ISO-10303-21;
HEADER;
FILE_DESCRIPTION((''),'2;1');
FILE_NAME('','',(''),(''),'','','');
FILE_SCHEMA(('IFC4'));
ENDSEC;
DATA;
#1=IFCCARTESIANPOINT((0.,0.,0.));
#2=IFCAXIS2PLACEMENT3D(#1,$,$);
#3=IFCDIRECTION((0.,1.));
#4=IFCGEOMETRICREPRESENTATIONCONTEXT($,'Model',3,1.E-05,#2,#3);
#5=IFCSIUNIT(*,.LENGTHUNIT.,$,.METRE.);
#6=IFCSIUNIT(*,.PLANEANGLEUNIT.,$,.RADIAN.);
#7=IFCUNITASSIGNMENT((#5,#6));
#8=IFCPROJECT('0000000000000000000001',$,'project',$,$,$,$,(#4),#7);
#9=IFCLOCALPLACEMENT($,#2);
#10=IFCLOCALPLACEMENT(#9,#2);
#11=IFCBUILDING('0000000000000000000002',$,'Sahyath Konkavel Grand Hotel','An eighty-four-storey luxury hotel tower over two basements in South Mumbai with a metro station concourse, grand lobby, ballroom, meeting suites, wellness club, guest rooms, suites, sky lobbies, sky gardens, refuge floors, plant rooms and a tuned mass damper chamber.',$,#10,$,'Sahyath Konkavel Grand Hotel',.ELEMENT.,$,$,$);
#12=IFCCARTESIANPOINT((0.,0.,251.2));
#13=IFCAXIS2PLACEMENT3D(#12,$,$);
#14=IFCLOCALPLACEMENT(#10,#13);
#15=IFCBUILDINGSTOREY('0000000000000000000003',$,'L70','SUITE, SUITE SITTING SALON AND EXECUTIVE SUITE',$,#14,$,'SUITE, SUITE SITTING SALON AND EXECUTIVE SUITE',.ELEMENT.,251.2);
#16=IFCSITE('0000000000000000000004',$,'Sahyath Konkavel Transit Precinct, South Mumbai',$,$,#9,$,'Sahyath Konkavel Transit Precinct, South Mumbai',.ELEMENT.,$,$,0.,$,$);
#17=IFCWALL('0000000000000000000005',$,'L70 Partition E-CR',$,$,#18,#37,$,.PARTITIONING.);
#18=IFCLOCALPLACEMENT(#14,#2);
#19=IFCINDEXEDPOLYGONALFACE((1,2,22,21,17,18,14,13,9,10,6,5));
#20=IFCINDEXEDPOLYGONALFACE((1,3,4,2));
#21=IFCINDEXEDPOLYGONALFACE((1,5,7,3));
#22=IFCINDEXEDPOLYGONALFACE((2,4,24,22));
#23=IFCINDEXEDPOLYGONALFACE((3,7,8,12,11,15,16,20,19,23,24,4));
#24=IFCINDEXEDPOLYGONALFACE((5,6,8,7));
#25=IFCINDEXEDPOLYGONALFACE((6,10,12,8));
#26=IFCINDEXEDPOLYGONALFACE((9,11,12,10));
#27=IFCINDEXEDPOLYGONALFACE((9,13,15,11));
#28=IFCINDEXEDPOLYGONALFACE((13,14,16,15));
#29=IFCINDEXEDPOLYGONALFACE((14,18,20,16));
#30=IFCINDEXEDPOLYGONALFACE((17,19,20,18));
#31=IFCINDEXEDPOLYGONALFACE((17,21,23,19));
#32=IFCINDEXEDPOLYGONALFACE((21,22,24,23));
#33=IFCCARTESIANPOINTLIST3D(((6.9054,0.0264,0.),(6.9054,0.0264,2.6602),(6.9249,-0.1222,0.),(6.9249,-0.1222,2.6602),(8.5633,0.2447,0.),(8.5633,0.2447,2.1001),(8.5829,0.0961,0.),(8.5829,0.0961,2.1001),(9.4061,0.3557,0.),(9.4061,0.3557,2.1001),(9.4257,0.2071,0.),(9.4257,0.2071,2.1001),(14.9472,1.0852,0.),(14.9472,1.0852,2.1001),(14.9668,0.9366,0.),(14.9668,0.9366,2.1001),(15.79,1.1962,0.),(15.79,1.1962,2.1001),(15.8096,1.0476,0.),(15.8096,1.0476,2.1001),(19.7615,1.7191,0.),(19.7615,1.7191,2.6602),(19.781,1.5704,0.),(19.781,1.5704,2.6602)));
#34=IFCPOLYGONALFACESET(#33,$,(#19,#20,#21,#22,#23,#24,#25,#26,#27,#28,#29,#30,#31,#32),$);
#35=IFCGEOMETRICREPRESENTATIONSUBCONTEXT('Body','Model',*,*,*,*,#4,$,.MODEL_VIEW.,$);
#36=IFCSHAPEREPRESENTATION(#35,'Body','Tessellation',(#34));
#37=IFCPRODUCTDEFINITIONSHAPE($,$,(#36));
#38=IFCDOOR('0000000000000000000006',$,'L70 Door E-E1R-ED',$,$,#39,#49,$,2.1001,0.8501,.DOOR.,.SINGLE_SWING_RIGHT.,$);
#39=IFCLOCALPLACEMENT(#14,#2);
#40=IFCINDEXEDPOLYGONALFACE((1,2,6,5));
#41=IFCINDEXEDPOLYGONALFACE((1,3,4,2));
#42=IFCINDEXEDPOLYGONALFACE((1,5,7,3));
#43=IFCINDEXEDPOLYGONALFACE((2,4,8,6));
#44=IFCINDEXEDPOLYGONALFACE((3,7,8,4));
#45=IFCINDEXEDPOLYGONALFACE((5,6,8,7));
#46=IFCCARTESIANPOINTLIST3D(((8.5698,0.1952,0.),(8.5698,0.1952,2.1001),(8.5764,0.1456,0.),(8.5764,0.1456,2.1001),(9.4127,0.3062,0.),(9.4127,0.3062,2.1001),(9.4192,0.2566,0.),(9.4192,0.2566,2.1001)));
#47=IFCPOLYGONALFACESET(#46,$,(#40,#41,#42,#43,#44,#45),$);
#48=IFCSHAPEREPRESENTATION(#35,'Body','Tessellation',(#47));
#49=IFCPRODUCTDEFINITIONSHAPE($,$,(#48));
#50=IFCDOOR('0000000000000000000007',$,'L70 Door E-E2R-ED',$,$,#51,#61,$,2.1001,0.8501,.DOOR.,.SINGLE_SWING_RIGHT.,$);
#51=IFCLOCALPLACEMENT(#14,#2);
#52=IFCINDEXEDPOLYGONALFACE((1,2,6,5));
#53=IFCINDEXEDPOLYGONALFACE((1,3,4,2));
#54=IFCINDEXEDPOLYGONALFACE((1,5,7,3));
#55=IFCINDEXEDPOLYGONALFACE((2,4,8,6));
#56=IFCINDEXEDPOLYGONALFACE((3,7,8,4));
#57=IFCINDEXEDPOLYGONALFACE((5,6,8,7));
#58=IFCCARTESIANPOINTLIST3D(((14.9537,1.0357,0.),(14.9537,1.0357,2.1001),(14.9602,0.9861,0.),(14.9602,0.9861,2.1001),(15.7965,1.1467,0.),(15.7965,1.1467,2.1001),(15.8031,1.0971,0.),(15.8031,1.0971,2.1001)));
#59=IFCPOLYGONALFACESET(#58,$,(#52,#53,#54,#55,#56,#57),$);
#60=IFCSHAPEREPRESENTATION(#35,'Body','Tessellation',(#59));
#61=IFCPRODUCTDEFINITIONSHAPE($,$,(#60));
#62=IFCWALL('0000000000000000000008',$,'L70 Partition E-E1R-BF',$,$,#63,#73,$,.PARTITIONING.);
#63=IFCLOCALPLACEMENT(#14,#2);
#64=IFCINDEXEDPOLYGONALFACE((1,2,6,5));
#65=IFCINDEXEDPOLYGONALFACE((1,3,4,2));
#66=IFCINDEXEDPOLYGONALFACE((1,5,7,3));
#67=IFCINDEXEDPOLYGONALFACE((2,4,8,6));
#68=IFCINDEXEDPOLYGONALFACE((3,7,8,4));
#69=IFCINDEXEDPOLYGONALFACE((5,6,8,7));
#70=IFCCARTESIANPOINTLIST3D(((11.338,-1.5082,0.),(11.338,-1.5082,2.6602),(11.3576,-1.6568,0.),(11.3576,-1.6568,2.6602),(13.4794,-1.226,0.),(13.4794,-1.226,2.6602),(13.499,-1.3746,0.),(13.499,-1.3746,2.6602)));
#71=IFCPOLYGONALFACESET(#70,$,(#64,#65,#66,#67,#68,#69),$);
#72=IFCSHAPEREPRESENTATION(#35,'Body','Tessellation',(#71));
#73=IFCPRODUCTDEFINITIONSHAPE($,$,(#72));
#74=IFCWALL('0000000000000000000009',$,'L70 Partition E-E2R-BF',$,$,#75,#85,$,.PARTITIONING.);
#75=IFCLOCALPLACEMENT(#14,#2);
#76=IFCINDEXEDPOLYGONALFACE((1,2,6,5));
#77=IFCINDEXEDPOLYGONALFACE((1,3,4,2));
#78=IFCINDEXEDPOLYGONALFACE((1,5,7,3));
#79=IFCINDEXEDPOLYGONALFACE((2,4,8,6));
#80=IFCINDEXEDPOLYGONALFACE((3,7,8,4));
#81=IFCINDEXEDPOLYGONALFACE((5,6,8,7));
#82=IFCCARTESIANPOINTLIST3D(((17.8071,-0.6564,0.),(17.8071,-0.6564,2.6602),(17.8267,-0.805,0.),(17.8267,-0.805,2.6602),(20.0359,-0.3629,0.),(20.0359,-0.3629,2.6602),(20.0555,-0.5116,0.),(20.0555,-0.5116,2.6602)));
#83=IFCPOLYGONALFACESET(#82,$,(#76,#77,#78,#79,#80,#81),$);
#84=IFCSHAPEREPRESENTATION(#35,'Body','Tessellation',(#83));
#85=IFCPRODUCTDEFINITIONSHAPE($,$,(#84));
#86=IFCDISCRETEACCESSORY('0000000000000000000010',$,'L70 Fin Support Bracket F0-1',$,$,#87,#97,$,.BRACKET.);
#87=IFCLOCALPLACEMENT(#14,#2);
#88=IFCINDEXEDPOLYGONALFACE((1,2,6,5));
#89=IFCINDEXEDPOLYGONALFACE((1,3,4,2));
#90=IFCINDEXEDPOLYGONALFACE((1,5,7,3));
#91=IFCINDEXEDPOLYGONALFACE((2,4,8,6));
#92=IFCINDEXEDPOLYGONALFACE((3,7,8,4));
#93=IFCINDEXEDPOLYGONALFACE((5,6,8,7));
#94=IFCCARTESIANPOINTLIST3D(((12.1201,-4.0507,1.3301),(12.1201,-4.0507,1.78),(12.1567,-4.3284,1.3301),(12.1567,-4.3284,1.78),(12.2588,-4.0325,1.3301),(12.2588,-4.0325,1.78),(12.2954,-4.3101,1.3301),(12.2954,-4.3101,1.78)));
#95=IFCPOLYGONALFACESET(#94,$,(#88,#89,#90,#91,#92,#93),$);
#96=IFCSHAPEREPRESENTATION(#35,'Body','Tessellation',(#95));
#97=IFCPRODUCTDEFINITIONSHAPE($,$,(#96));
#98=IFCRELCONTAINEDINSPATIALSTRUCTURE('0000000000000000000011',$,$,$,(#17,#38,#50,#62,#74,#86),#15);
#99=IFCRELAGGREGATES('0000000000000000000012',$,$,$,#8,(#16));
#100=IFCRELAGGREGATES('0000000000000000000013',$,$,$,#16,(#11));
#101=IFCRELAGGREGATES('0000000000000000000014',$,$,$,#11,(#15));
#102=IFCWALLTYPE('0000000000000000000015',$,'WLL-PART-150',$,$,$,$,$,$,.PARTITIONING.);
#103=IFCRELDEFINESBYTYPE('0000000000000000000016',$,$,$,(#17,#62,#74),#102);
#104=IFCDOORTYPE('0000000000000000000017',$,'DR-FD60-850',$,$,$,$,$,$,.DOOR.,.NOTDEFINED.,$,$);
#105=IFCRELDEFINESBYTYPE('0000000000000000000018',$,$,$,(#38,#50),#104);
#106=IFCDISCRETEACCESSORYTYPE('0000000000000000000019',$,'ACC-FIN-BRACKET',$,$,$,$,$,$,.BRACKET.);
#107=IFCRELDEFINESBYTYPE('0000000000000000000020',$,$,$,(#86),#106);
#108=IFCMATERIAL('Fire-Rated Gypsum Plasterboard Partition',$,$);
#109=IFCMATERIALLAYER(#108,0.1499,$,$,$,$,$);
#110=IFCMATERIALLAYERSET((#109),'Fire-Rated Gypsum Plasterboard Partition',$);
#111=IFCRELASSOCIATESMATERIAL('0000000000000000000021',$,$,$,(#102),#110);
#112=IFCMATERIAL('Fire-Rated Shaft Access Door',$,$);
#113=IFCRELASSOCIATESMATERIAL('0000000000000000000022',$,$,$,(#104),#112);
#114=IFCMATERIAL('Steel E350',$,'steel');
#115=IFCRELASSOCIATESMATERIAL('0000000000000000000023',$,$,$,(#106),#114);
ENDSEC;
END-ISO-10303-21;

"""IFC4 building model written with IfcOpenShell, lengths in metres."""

from ifc_helpers import new_model, si_unit, direction, frame, frame_2d, origin, origin_2d, place, context, subcontext, project, spatial, rectangle, extrude, source, transform, mapped, material, layer, layer_set, type_object, element, fill, save


model = new_model("IFC4")

# Units and contexts
model_context = context("Model", 3, precision=1e-05, world=origin(), true_north=direction((0.0, 1.0)))
body_context = subcontext(model_context, "Body", "Model", "MODEL_VIEW")
ifc_project = project(units=[si_unit("LENGTHUNIT", "METRE"), si_unit("PLANEANGLEUNIT", "RADIAN")], contexts=[model_context])

# Site, building, storey
site_placement = place(None, origin())
site = spatial("IfcSite", under=ifc_project, at=site_placement, Name="Sahyath Konkavel Transit Precinct, South Mumbai", LongName="Sahyath Konkavel Transit Precinct, South Mumbai", CompositionType="ELEMENT", RefElevation=0.0)
building_placement = place(site_placement, origin())
building = spatial("IfcBuilding", under=site, at=building_placement, Name="Sahyath Konkavel Grand Hotel", Description="An eighty-four-storey luxury hotel tower over two basements in South Mumbai with a metro station concourse, grand lobby, ballroom, meeting suites, wellness club, guest rooms, suites, sky lobbies, sky gardens, refuge floors, plant rooms and a tuned mass damper chamber.", LongName="Sahyath Konkavel Grand Hotel", CompositionType="ELEMENT")
storey_placement = place(building_placement, frame((0.0, 0.0, 251.2)))
storey = spatial("IfcBuildingStorey", under=building, at=storey_placement, Name="L70", Description="SUITE, SUITE SITTING SALON AND EXECUTIVE SUITE", LongName="SUITE, SUITE SITTING SALON AND EXECUTIVE SUITE", CompositionType="ELEMENT", Elevation=251.2)

# Shared definitions
ifc_material_1 = material(Name="Steel E350", Category="steel")

# Wall, openings, doors
ifc_material_2 = material(Name="Fire-Rated Gypsum Plasterboard Partition")
ifc_layer_1 = layer(ifc_material_2, 0.1499)
ifc_layer_set_1 = layer_set([ifc_layer_1], Name="Fire-Rated Gypsum Plasterboard Partition")
wall_type_1 = type_object("IfcWallType", Name="WLL-PART-150", PredefinedType="PARTITIONING", material=ifc_layer_set_1)
wall_1_placement = place(storey_placement, frame((6.9153, -0.0479, 0.0), z_axis=(0.0, 0.0, 1.0), x_axis=(0.991444, 0.130532, 0.0)))
wall_1 = element("IfcWall", 1, at=wall_1_placement, inside=storey, type_object=wall_type_1, Name="L70 Partition E-CR", PredefinedType="PARTITIONING", context=body_context, shape_type="SweptSolid", body=[
    extrude(rectangle(XDim=12.967, YDim=0.1499, at=frame_2d((6.4834, 0.0))), origin(), (0.0, 0.0, 1.0), 2.6602),
])
opening_1_placement = place(wall_1_placement, frame((1.6721, 0.0, 0.0)))
opening_1 = element("IfcOpeningElement", 2, at=opening_1_placement, cuts=wall_1, PredefinedType="OPENING", context=body_context, shape_type="SweptSolid", body=[
    extrude(rectangle(XDim=0.8501, YDim=2.1001, at=frame_2d((0.425, 1.05))), frame((0.0, 0.085, 0.0), z_axis=(0.0, -1.0, 0.0), x_axis=(1.0, 0.0, 0.0)), (0.0, 0.0, 1.0), 0.1699),
])
opening_2_placement = place(wall_1_placement, frame((8.1111, 0.0, 0.0)))
opening_2 = element("IfcOpeningElement", 3, at=opening_2_placement, cuts=wall_1, PredefinedType="OPENING", context=body_context, shape_type="SweptSolid", body=[
    extrude(rectangle(XDim=0.8501, YDim=2.1001, at=frame_2d((0.425, 1.05))), frame((0.0, 0.085, 0.0), z_axis=(0.0, -1.0, 0.0), x_axis=(1.0, 0.0, 0.0)), (0.0, 0.0, 1.0), 0.1699),
])
ifc_material_3 = material(Name="Fire-Rated Shaft Access Door")
door_type = type_object("IfcDoorType", Name="DR-FD60-850", OperationType="NOTDEFINED", PredefinedType="DOOR", material=ifc_material_3)
shared_shape_1 = source(origin(), body_context, "Body", "SweptSolid", [
    extrude(rectangle(XDim=0.8501, YDim=0.05, at=origin_2d()), origin(), (0.0, 0.0, 1.0), 2.1001),
])
door_1_placement = place(opening_1_placement, frame((0.425, 0.0, 0.0)))
door_1 = element("IfcDoor", 4, at=door_1_placement, inside=storey, type_object=door_type, Name="L70 Door E-E1R-ED", OperationType="SINGLE_SWING_RIGHT", OverallHeight=2.1001, OverallWidth=0.8501, PredefinedType="DOOR", context=body_context, shape_type="MappedRepresentation", body=[
    mapped(shared_shape_1, transform((0.0, 0.0, 0.0), scale=1.0)),
])
fill(opening_1, door_1)
door_2_placement = place(opening_2_placement, frame((0.425, 0.0, 0.0)))
door_2 = element("IfcDoor", 5, at=door_2_placement, inside=storey, type_object=door_type, Name="L70 Door E-E2R-ED", OperationType="SINGLE_SWING_RIGHT", OverallHeight=2.1001, OverallWidth=0.8501, PredefinedType="DOOR", context=body_context, shape_type="MappedRepresentation", body=[
    mapped(shared_shape_1, transform((0.0, 0.0, 0.0), scale=1.0)),
])
fill(opening_2, door_2)

# Walls
wall_2_placement = place(storey_placement, frame((11.3477, -1.5825, 0.0), z_axis=(0.0, 0.0, 1.0), x_axis=(0.991426, 0.130668, 0.0)))
element("IfcWall", 6, at=wall_2_placement, inside=storey, type_object=wall_type_1, Name="L70 Partition E-E1R-BF", PredefinedType="PARTITIONING", context=body_context, shape_type="SweptSolid", body=[
    extrude(rectangle(XDim=2.1599, YDim=0.1499, at=frame_2d((1.0801, 0.0))), origin(), (0.0, 0.0, 1.0), 2.6602),
])
wall_3_placement = place(storey_placement, frame((17.8169, -0.7307, 0.0), z_axis=(0.0, 0.0, 1.0), x_axis=(0.991443, 0.130542, 0.0)))
element("IfcWall", 7, at=wall_3_placement, inside=storey, type_object=wall_type_1, Name="L70 Partition E-E2R-BF", PredefinedType="PARTITIONING", context=body_context, shape_type="SweptSolid", body=[
    extrude(rectangle(XDim=2.248, YDim=0.1499, at=frame_2d((1.124, 0.0))), origin(), (0.0, 0.0, 1.0), 2.6602),
])

# Discrete accessory
discrete_accessory_type = type_object("IfcDiscreteAccessoryType", Name="ACC-FIN-BRACKET", PredefinedType="BRACKET", material=ifc_material_1)
shared_shape_2 = source(origin(), body_context, "Body", "SweptSolid", [
    extrude(rectangle(XDim=0.28, YDim=0.1399, at=origin_2d()), origin(), (0.0, 0.0, 1.0), 0.45),
])
discrete_accessory_placement = place(storey_placement, frame((12.2078, -4.1804, 1.3301), z_axis=(0.0, 0.0, 1.0), x_axis=(0.130526, -0.991445, 0.0)))
element("IfcDiscreteAccessory", 8, at=discrete_accessory_placement, inside=storey, type_object=discrete_accessory_type, Name="L70 Fin Support Bracket F0-1", PredefinedType="BRACKET", context=body_context, shape_type="MappedRepresentation", body=[
    mapped(shared_shape_2, transform((0.0, 0.0, 0.0), scale=1.0)),
])

save(model, "model.ifc")
